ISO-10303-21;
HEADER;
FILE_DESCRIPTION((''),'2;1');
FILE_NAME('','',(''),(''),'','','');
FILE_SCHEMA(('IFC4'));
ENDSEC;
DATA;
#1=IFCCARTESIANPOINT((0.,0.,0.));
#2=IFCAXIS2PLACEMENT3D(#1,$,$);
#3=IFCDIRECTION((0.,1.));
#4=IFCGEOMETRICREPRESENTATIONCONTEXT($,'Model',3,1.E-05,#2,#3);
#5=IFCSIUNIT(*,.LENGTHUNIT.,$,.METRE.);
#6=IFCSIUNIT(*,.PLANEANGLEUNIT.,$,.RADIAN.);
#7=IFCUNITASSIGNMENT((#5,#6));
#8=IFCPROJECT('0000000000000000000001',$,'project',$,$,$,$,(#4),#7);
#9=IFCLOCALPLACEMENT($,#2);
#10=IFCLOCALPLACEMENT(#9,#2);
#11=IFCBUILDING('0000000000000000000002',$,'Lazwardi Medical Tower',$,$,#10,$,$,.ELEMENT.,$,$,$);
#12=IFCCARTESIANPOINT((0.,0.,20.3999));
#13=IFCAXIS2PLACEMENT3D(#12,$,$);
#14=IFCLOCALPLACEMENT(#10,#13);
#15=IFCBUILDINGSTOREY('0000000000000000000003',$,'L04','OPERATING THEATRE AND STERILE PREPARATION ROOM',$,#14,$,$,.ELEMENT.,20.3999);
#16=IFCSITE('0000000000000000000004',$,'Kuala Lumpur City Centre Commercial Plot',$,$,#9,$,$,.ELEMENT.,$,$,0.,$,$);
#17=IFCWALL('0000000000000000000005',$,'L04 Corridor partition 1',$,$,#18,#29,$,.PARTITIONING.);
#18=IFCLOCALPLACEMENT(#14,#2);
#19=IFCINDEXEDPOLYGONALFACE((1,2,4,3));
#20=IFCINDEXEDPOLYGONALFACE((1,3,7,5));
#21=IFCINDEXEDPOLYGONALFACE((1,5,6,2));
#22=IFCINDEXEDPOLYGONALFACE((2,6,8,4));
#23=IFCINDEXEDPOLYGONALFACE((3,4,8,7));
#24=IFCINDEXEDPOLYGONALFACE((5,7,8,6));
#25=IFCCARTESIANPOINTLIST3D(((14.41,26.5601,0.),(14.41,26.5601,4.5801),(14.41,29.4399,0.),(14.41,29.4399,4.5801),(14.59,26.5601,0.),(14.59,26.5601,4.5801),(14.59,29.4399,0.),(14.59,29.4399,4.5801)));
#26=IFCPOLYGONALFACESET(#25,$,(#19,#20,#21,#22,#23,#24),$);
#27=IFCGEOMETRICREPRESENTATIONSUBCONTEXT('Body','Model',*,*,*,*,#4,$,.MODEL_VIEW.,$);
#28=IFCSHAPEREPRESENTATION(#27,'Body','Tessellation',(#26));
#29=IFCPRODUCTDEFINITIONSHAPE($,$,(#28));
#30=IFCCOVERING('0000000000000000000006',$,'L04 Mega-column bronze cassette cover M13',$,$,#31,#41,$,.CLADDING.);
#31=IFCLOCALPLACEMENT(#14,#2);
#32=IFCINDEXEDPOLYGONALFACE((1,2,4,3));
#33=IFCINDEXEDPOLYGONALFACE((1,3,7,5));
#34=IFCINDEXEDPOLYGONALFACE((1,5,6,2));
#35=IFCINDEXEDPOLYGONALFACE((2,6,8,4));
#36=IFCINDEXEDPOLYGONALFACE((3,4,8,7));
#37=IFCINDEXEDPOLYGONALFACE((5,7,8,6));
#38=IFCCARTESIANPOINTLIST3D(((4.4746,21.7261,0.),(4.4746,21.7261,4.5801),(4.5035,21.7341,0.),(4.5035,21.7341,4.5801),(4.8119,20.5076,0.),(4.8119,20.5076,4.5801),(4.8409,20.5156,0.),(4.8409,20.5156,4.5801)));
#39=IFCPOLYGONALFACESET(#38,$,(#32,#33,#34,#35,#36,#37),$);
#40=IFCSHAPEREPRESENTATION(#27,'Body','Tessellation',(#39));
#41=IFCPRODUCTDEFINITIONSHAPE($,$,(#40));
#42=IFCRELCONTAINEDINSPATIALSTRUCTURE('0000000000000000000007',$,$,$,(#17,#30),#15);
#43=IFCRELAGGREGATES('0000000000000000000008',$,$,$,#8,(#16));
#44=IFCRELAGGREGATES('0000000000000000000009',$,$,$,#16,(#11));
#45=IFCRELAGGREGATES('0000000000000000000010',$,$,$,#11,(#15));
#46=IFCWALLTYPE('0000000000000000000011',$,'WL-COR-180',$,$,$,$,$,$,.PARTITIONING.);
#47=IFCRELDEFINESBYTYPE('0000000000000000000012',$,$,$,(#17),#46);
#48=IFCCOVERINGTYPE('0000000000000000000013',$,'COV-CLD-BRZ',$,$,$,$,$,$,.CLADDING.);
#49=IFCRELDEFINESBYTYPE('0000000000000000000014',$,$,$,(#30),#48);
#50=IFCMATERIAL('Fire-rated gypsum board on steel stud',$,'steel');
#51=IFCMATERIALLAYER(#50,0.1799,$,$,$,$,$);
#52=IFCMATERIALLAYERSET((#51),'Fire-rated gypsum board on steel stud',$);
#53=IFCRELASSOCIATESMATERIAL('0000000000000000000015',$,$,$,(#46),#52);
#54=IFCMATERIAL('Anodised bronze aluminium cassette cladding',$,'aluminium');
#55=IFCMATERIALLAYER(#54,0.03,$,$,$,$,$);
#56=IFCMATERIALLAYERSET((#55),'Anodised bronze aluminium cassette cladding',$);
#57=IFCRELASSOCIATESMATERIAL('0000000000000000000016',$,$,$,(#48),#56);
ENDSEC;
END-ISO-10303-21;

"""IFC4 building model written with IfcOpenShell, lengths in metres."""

from ifc_helpers import new_model, si_unit, direction, frame, frame_2d, origin, origin_2d, place, context, subcontext, project, spatial, rectangle, extrude, material, layer, layer_set, type_object, element, save


model = new_model("IFC4")

# Units and contexts
model_context = context("Model", 3, precision=1e-05, world=origin(), true_north=direction((0.0, 1.0)))
body_context = subcontext(model_context, "Body", "Model", "MODEL_VIEW")
ifc_project = project(units=[si_unit("LENGTHUNIT", "METRE"), si_unit("PLANEANGLEUNIT", "RADIAN")], contexts=[model_context])

# Site, building, storey
site_placement = place(None, origin())
site = spatial("IfcSite", under=ifc_project, at=site_placement, Name="Kuala Lumpur City Centre Commercial Plot", CompositionType="ELEMENT", RefElevation=0.0)
building_placement = place(site_placement, origin())
building = spatial("IfcBuilding", under=site, at=building_placement, Name="Lazwardi Medical Tower", CompositionType="ELEMENT")
storey_placement = place(building_placement, frame((0.0, 0.0, 20.3999)))
storey = spatial("IfcBuildingStorey", under=building, at=storey_placement, Name="L04", Description="OPERATING THEATRE AND STERILE PREPARATION ROOM", CompositionType="ELEMENT", Elevation=20.3999)

# Wall
ifc_material_1 = material(Name="Fire-rated gypsum board on steel stud", Category="steel")
ifc_layer_1 = layer(ifc_material_1, 0.1799)
ifc_layer_set_1 = layer_set([ifc_layer_1], Name="Fire-rated gypsum board on steel stud")
wall_type = type_object("IfcWallType", Name="WL-COR-180", PredefinedType="PARTITIONING", material=ifc_layer_set_1)
wall_placement = place(storey_placement, frame((14.5, 26.5601, 0.0), z_axis=(0.0, 0.0, 1.0), x_axis=(0.0, 1.0, 0.0)))
element("IfcWall", 1, at=wall_placement, inside=storey, type_object=wall_type, Name="L04 Corridor partition 1", PredefinedType="PARTITIONING", context=body_context, shape_type="SweptSolid", body=[
    extrude(rectangle(XDim=2.8799, YDim=0.1799, at=frame_2d((1.4399, 0.0))), origin(), (0.0, 0.0, 1.0), 4.5801),
])

# Covering
ifc_material_2 = material(Name="Anodised bronze aluminium cassette cladding", Category="aluminium")
ifc_layer_2 = layer(ifc_material_2, 0.03)
ifc_layer_set_2 = layer_set([ifc_layer_2], Name="Anodised bronze aluminium cassette cladding")
covering_type = type_object("IfcCoveringType", Name="COV-CLD-BRZ", PredefinedType="CLADDING", material=ifc_layer_set_2)
covering_placement = place(storey_placement, frame((4.6577, 21.1208, 0.0), z_axis=(0.0, 0.0, 1.0), x_axis=(0.266836, -0.963742, 0.0)))
element("IfcCovering", 2, at=covering_placement, inside=storey, type_object=covering_type, Name="L04 Mega-column bronze cassette cover M13", PredefinedType="CLADDING", context=body_context, shape_type="SweptSolid", body=[
    extrude(rectangle(XDim=1.2644, YDim=0.03, at=origin_2d()), origin(), (0.0, 0.0, 1.0), 4.5801),
])

save(model, "model.ifc")
